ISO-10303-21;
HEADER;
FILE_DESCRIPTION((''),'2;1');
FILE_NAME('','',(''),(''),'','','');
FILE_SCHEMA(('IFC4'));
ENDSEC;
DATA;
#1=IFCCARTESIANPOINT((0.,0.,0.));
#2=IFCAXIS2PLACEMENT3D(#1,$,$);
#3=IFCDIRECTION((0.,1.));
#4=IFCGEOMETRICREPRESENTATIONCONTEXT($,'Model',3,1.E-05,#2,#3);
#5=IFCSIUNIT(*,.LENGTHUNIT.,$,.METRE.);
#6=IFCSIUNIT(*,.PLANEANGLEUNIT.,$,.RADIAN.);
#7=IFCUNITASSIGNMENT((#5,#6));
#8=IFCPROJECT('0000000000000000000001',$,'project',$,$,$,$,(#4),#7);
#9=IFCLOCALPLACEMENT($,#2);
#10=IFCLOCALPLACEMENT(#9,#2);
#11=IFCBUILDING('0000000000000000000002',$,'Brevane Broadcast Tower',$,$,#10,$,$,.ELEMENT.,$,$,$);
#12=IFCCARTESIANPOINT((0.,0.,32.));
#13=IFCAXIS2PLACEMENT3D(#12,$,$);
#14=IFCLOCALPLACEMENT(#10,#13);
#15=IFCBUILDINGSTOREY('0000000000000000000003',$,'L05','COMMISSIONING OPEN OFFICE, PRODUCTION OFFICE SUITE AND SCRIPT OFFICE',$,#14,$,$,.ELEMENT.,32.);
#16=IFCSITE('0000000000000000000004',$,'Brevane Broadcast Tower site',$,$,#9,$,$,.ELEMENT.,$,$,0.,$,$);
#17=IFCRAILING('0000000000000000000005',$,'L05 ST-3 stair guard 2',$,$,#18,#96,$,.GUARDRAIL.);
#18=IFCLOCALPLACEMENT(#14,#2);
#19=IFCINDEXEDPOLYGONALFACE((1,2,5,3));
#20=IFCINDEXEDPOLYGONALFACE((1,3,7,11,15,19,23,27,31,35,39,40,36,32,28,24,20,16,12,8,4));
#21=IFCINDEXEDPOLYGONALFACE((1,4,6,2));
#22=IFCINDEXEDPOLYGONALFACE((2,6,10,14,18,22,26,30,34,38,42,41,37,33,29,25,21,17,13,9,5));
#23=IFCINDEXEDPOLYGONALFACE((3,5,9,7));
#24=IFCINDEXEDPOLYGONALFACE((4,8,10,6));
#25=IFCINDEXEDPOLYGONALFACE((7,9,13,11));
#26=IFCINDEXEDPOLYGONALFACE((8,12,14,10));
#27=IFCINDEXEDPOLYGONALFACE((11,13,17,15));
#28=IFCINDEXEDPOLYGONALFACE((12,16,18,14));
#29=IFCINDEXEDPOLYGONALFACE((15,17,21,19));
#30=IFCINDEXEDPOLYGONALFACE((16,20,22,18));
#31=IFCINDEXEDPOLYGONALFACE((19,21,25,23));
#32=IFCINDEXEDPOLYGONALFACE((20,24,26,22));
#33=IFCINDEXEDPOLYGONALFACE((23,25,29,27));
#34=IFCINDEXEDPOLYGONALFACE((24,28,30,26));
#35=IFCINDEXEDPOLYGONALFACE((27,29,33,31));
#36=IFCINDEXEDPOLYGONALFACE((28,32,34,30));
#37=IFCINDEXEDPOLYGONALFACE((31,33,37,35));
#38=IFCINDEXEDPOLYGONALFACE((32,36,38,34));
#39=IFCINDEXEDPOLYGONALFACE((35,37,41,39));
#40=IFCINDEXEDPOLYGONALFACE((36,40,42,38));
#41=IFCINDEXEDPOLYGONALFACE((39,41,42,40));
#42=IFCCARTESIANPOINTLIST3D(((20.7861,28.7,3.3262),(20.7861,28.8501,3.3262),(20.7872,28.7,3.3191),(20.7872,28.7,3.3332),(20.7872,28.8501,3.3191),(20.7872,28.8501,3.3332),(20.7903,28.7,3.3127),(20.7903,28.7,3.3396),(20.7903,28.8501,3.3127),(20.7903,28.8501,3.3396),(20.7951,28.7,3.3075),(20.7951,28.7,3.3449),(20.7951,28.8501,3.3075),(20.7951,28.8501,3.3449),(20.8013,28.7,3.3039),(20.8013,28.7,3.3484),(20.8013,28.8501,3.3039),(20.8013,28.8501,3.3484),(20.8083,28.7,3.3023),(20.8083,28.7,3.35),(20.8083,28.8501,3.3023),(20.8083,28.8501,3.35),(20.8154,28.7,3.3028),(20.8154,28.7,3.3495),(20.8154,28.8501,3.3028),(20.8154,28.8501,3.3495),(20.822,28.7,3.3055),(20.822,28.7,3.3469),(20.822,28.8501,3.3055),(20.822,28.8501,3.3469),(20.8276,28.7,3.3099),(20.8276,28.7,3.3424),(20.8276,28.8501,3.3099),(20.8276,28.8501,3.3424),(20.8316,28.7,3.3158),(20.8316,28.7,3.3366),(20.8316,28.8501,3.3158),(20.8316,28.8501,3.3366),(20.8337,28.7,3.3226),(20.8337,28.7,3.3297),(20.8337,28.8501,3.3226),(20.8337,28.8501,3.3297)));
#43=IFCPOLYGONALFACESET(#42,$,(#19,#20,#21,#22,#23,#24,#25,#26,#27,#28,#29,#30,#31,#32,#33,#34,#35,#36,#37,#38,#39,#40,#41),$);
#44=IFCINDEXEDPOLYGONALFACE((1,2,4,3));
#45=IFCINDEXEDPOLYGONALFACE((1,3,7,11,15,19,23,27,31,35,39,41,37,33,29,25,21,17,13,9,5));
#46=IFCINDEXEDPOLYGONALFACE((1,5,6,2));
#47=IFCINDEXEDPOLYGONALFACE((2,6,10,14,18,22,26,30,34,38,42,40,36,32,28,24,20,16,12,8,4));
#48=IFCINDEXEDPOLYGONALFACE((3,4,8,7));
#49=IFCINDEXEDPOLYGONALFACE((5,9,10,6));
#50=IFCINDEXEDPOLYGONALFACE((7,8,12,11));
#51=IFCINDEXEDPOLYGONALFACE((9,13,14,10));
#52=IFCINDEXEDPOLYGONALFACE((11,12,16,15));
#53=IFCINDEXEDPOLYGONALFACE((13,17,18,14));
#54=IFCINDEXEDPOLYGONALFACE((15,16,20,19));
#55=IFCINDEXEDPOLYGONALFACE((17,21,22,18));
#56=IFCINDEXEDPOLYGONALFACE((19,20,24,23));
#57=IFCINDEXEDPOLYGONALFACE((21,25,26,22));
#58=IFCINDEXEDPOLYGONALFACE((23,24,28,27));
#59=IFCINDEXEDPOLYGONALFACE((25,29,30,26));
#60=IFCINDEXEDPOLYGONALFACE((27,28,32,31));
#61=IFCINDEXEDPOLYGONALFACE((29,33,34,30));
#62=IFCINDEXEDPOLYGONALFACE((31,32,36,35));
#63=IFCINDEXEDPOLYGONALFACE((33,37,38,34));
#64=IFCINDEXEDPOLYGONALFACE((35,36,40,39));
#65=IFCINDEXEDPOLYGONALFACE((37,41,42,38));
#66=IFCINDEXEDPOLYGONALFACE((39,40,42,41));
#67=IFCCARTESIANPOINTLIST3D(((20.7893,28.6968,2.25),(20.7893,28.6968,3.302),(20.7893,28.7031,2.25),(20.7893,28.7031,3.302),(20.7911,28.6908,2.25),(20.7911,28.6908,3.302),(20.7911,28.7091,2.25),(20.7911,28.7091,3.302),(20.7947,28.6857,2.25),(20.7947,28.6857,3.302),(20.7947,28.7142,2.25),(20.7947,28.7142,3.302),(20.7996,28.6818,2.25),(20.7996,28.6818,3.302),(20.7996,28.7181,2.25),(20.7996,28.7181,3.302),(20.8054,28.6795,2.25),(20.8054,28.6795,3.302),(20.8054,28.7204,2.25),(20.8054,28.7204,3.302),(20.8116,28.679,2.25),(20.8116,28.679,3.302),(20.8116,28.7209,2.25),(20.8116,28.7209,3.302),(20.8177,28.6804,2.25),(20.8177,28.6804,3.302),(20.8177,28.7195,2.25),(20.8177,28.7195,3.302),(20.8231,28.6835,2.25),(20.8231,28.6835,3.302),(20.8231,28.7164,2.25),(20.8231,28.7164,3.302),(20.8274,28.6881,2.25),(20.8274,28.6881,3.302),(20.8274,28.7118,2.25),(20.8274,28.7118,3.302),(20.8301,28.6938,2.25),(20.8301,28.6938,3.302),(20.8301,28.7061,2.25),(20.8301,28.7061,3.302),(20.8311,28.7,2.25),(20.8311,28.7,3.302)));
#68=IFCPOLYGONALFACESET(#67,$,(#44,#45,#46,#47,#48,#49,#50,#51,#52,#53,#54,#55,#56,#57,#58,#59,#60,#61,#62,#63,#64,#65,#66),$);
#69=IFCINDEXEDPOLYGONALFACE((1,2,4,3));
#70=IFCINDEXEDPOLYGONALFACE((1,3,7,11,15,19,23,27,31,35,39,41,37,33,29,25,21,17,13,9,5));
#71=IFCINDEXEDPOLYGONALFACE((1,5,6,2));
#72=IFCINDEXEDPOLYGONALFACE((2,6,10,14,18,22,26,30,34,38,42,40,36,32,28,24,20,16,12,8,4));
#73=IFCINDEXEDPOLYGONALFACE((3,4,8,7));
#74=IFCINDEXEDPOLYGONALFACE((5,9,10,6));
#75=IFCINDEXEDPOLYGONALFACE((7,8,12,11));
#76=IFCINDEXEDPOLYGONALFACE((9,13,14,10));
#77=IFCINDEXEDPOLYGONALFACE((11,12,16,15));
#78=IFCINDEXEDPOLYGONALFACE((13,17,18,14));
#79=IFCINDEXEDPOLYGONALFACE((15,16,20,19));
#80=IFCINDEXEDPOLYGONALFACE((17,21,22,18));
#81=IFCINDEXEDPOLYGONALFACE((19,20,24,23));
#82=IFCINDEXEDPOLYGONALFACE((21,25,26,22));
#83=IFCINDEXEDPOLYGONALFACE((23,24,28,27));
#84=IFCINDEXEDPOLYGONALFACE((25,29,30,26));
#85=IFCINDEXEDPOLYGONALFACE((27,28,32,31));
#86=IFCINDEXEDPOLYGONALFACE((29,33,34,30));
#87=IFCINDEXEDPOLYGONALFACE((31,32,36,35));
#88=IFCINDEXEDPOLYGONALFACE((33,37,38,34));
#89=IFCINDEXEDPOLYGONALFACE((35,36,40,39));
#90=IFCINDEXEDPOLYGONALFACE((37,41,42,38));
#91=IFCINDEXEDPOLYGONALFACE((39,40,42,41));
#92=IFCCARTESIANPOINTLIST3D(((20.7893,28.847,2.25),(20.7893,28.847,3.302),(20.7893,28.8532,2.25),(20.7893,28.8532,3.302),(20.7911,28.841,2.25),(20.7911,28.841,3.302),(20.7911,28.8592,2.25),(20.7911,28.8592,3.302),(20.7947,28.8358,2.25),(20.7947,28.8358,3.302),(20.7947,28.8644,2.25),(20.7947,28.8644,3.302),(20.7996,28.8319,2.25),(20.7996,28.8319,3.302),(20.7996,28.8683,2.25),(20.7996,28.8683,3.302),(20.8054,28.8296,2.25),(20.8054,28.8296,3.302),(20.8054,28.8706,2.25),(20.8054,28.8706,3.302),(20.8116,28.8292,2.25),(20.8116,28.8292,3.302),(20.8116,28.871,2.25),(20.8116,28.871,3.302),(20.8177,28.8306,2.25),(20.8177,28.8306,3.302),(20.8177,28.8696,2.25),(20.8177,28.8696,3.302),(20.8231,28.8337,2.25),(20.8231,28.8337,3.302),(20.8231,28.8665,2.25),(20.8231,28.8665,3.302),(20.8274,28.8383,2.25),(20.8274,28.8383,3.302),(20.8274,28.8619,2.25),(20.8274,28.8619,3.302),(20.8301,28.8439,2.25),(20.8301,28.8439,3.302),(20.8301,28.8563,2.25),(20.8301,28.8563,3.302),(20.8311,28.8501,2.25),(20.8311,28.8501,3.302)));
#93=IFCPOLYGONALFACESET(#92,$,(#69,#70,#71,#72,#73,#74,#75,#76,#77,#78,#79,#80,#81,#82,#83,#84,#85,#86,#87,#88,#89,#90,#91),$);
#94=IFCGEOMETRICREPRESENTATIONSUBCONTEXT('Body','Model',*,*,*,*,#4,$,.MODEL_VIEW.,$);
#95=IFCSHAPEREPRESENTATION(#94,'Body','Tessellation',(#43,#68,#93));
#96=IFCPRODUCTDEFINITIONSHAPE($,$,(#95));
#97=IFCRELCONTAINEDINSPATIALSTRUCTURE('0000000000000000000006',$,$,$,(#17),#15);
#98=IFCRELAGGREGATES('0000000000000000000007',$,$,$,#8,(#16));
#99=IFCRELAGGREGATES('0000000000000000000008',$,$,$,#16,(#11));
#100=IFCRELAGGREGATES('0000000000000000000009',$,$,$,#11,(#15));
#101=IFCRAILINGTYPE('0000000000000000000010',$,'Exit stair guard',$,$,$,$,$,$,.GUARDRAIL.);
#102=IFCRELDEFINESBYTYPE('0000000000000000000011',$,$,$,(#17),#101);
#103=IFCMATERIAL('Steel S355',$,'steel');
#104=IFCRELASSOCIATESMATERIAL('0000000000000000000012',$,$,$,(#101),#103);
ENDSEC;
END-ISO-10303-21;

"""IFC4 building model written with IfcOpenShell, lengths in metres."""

from ifc_helpers import new_model, si_unit, direction, frame, origin, origin_2d, place, context, subcontext, project, spatial, circle, extrude, material, type_object, element, save


model = new_model("IFC4")

# Units and contexts
model_context = context("Model", 3, precision=1e-05, world=origin(), true_north=direction((0.0, 1.0)))
body_context = subcontext(model_context, "Body", "Model", "MODEL_VIEW")
ifc_project = project(units=[si_unit("LENGTHUNIT", "METRE"), si_unit("PLANEANGLEUNIT", "RADIAN")], contexts=[model_context])

# Site, building, storey
site_placement = place(None, origin())
site = spatial("IfcSite", under=ifc_project, at=site_placement, Name="Brevane Broadcast Tower site", CompositionType="ELEMENT", RefElevation=0.0)
building_placement = place(site_placement, origin())
building = spatial("IfcBuilding", under=site, at=building_placement, Name="Brevane Broadcast Tower", CompositionType="ELEMENT")
storey_placement = place(building_placement, frame((0.0, 0.0, 32.0)))
storey = spatial("IfcBuildingStorey", under=building, at=storey_placement, Name="L05", Description="COMMISSIONING OPEN OFFICE, PRODUCTION OFFICE SUITE AND SCRIPT OFFICE", CompositionType="ELEMENT", Elevation=32.0)

# Railing
ifc_material_1 = material(Name="Steel S355", Category="steel")
railing_type_1 = type_object("IfcRailingType", Name="Exit stair guard", PredefinedType="GUARDRAIL", material=ifc_material_1)
railing_1_placement = place(storey_placement, frame((20.8101, 28.7, 2.25)))
element("IfcRailing", 1, at=railing_1_placement, inside=storey, type_object=railing_type_1, Name="L05 ST-3 stair guard 2", PredefinedType="GUARDRAIL", context=body_context, shape_type="SweptSolid", body=[
    extrude(circle(Radius=0.0239, at=origin_2d()), frame((0.0, 0.0, 1.0762), z_axis=(0.0, 1.0, 0.0), x_axis=(-1.0, 0.0, 0.0)), (0.0, 0.0, 1.0), 0.1501),
    extrude(circle(Radius=0.021, at=origin_2d()), origin(), (0.0, 0.0, 1.0), 1.052),
    extrude(circle(Radius=0.021, at=origin_2d()), frame((0.0, 0.1501, 0.0)), (0.0, 0.0, 1.0), 1.052),
])

save(model, "model.ifc")
